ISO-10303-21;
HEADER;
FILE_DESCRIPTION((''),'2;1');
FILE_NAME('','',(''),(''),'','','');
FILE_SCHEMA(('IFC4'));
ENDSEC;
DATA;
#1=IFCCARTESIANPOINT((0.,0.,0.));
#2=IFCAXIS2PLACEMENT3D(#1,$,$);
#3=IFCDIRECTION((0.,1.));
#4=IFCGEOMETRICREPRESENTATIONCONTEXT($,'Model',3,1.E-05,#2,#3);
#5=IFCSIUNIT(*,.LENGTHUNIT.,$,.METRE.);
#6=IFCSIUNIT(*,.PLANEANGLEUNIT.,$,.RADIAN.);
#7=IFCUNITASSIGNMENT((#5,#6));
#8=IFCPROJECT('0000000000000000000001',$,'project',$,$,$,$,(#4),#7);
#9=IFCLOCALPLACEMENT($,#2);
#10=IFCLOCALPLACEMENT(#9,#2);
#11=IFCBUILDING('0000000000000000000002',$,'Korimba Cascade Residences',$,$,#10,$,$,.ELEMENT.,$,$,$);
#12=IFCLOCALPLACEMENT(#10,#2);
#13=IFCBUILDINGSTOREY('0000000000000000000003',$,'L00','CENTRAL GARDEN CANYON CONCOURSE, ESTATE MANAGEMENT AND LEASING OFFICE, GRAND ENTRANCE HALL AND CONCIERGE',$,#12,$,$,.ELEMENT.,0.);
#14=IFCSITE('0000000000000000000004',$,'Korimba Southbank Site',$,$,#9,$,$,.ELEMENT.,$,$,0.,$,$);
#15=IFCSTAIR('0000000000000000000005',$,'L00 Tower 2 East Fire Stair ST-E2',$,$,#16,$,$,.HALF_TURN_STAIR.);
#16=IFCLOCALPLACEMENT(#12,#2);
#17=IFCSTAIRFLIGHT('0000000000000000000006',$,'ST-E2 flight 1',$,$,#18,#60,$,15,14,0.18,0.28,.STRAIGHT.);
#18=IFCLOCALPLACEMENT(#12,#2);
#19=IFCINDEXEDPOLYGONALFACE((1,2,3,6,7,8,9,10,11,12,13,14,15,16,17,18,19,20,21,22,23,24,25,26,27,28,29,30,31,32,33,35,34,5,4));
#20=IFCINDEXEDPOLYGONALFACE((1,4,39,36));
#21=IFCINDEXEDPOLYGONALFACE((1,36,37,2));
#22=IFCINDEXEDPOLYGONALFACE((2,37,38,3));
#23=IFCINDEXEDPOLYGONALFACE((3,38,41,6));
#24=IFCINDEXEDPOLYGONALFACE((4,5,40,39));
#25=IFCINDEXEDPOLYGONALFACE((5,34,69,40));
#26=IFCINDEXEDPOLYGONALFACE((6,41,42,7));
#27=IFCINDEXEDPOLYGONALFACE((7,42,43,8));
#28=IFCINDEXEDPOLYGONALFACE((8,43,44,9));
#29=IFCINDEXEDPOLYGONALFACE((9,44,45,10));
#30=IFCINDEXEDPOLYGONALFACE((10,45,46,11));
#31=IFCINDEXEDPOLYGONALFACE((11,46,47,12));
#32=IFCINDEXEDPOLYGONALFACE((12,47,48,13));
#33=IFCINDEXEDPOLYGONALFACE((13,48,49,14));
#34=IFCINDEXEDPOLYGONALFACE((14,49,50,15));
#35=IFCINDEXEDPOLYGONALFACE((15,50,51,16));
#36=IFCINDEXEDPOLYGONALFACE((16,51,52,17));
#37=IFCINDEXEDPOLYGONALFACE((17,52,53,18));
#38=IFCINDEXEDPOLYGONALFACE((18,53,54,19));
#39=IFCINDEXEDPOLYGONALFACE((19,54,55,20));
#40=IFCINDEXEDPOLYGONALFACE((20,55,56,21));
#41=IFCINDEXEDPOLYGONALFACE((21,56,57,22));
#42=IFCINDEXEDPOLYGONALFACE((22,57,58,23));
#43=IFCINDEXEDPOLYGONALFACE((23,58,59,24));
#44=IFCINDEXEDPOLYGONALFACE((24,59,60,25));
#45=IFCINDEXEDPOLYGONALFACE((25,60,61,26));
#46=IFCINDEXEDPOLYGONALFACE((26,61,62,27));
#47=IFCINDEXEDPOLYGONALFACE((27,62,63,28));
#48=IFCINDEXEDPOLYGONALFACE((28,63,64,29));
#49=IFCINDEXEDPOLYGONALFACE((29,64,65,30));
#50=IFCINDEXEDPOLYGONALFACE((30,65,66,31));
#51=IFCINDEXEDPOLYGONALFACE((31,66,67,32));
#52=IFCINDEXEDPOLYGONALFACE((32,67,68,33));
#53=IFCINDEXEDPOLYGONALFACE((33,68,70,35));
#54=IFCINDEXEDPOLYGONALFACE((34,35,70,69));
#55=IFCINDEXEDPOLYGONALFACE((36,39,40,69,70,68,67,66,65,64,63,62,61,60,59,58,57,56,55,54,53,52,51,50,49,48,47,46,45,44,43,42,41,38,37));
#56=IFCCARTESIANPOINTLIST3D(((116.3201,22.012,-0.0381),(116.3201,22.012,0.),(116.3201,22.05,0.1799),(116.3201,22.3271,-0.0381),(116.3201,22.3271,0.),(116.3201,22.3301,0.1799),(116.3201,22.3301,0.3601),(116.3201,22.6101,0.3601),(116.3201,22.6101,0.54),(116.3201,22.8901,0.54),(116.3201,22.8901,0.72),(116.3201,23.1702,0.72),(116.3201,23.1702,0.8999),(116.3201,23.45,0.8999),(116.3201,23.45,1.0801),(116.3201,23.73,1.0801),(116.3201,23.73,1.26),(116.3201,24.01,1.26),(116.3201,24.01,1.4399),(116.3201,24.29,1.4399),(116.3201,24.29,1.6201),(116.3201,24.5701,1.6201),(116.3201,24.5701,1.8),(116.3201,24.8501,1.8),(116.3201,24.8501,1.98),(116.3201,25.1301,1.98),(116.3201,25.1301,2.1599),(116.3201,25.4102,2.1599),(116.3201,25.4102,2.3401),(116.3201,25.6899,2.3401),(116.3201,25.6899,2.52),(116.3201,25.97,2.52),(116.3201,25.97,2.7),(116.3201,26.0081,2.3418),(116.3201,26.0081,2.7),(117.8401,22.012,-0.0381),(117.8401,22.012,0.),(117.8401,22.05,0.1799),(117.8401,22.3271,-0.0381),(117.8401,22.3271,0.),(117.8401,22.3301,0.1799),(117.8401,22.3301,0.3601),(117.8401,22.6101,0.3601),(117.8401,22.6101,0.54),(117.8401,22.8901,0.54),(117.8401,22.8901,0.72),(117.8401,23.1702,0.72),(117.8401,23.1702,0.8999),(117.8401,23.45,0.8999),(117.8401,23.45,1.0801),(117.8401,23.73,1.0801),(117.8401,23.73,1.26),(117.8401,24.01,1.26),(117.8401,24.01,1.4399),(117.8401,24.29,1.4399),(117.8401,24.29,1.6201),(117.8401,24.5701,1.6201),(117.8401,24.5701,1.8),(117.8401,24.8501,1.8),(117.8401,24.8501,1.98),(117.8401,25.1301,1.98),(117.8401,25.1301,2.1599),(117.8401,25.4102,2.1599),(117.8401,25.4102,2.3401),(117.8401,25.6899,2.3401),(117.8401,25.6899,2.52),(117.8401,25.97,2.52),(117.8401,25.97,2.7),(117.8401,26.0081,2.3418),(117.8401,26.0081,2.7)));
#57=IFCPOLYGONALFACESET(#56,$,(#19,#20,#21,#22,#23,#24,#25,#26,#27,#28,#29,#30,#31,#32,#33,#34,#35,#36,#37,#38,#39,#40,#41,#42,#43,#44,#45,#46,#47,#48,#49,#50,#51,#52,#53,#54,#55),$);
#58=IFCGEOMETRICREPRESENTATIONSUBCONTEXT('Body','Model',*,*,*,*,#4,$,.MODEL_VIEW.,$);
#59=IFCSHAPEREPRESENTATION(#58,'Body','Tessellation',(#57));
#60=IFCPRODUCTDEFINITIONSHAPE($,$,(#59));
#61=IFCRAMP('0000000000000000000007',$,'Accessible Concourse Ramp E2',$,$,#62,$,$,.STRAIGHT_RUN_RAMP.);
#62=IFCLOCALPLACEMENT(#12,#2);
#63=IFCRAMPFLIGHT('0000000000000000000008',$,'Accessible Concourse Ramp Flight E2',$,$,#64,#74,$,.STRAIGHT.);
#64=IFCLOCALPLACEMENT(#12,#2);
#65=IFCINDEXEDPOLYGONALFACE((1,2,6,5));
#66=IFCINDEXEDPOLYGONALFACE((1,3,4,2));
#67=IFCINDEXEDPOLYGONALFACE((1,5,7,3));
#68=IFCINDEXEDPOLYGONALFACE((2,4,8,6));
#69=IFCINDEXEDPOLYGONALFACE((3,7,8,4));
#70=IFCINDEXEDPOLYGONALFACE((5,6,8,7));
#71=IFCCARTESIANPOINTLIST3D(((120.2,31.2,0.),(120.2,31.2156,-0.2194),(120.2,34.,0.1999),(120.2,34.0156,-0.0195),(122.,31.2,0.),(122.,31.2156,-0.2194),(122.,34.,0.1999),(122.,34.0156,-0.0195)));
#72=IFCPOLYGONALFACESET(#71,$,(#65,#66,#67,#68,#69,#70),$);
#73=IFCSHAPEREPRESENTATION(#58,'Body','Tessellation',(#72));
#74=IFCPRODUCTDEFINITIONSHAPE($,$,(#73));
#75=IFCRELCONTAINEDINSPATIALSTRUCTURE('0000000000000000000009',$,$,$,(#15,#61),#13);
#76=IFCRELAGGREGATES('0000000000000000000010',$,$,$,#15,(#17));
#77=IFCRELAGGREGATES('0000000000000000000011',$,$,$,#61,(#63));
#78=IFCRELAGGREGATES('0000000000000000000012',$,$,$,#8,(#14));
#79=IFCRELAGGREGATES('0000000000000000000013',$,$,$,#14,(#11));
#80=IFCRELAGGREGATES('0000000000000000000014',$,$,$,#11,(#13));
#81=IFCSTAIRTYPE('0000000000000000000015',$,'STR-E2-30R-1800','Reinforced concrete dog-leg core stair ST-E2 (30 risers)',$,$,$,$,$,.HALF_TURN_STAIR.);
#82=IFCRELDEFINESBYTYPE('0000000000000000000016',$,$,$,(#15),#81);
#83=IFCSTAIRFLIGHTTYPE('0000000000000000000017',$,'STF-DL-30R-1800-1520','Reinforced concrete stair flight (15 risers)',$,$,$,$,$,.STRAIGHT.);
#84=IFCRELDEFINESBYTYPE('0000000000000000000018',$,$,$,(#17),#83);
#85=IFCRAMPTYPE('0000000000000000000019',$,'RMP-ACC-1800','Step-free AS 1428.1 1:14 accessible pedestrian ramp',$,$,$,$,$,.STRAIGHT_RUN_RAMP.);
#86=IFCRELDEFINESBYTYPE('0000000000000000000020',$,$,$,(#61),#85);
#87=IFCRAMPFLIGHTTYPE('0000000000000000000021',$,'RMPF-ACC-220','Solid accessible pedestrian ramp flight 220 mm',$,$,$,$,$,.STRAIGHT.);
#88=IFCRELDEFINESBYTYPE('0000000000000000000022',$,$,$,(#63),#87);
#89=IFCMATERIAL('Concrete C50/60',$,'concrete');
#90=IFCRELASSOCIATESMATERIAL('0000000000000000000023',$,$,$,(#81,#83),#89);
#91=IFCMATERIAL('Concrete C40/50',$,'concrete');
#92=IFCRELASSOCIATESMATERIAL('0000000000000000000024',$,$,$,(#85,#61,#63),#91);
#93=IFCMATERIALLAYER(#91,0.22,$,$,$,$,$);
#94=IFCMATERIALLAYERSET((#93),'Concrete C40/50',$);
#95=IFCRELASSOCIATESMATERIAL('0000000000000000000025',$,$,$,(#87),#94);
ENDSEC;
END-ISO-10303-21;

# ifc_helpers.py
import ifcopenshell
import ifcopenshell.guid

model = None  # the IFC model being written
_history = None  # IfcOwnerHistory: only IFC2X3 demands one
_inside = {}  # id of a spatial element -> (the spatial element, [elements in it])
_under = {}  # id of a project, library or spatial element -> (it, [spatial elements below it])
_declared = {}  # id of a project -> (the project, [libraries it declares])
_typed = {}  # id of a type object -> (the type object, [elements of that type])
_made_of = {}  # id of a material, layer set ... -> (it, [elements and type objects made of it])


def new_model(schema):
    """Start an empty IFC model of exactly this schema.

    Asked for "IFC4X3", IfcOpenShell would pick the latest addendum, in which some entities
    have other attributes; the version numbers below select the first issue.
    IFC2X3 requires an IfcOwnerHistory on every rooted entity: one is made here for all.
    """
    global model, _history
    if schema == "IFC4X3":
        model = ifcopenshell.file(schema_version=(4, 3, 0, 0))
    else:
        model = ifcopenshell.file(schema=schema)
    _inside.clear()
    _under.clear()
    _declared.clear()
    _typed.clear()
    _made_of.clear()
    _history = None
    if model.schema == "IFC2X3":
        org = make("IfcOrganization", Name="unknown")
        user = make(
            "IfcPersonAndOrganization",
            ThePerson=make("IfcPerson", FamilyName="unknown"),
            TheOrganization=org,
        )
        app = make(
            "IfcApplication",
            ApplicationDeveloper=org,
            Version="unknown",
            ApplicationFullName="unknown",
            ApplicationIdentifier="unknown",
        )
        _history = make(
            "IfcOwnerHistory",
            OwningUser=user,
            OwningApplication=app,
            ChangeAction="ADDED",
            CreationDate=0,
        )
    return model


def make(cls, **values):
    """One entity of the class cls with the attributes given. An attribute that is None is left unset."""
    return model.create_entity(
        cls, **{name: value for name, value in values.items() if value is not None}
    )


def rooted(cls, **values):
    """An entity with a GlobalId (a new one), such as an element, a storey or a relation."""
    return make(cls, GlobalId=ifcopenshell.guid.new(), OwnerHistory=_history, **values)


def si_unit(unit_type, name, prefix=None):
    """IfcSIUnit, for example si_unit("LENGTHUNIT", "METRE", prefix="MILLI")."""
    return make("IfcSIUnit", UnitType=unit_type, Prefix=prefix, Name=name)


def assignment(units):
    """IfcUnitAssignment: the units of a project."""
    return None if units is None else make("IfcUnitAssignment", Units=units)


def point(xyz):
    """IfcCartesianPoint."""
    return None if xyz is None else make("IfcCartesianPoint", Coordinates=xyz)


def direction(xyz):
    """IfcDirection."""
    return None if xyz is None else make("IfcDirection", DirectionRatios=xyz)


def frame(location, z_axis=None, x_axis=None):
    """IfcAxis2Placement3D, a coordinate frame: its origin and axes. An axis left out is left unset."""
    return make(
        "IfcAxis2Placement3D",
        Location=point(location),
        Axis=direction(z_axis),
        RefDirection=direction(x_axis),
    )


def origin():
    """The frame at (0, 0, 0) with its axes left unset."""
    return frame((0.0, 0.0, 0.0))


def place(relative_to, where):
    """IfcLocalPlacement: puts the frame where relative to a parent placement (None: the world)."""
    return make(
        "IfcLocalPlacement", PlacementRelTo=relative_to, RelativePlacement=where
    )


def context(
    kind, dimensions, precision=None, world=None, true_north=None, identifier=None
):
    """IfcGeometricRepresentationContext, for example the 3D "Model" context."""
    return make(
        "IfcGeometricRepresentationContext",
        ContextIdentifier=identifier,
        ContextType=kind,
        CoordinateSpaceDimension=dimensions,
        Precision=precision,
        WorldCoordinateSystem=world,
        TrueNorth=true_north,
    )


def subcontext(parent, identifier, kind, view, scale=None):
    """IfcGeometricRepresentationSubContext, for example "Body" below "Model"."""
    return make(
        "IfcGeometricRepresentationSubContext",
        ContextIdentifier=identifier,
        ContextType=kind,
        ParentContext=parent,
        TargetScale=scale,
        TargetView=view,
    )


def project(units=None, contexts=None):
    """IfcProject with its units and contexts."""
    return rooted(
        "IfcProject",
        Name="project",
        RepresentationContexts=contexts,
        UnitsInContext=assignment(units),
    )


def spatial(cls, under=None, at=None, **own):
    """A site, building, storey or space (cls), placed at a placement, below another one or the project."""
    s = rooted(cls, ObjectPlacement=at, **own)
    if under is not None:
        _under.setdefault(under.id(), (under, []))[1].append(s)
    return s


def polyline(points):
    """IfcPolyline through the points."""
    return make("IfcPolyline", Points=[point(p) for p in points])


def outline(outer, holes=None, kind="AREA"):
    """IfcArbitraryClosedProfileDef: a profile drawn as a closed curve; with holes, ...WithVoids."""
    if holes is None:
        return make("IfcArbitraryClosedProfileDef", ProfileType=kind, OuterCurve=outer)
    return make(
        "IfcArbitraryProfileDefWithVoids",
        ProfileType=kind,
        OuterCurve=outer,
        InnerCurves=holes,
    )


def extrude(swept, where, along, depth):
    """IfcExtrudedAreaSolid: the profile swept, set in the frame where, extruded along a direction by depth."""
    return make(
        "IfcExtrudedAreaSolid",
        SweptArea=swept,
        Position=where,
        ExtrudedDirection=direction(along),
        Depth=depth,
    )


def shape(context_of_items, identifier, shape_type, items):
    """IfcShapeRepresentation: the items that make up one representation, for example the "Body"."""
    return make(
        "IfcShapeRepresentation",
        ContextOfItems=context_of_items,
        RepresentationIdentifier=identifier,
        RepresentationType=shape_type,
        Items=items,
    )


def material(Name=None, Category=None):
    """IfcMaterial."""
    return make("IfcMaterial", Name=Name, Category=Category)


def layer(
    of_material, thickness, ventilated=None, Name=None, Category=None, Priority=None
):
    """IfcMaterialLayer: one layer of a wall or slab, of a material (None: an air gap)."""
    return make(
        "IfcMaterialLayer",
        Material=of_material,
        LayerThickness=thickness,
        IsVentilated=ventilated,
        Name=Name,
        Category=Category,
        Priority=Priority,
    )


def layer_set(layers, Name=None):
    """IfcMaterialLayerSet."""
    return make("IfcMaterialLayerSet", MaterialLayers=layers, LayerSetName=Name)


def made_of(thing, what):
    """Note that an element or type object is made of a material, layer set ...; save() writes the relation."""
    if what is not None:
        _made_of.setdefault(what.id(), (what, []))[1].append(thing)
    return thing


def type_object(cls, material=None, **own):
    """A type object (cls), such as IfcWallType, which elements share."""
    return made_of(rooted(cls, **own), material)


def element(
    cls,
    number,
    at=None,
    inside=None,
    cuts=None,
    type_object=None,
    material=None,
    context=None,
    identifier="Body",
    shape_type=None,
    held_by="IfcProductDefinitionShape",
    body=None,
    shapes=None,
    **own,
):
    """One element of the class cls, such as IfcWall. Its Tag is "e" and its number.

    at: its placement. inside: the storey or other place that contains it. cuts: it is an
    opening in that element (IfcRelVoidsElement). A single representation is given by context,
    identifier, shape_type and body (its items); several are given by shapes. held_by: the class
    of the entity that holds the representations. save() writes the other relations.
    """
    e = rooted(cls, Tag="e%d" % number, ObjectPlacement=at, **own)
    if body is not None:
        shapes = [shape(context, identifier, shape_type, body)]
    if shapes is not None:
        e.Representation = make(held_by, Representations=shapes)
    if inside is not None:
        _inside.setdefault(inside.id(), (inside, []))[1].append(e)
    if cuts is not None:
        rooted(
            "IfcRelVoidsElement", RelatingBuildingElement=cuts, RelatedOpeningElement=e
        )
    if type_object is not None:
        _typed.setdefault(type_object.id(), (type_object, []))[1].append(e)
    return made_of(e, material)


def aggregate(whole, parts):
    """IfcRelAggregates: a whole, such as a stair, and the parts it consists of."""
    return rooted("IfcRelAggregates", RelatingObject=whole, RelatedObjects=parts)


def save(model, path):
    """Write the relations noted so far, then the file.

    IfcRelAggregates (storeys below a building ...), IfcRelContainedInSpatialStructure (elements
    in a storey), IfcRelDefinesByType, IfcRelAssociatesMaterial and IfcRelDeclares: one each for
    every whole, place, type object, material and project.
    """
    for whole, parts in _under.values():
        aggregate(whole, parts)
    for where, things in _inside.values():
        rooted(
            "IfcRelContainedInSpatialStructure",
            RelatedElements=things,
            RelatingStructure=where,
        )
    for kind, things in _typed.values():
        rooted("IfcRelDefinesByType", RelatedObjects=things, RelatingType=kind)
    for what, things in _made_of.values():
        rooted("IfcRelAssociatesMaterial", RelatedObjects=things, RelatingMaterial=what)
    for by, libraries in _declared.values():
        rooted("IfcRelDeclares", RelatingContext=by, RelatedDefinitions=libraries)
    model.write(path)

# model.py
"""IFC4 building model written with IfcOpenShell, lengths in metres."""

from ifc_helpers import new_model, si_unit, direction, frame, origin, place, context, subcontext, project, spatial, polyline, outline, extrude, material, layer, layer_set, type_object, element, aggregate, save


model = new_model("IFC4")

# Units and contexts
model_context = context("Model", 3, precision=1e-05, world=origin(), true_north=direction((0.0, 1.0)))
body_context = subcontext(model_context, "Body", "Model", "MODEL_VIEW")
ifc_project = project(units=[si_unit("LENGTHUNIT", "METRE"), si_unit("PLANEANGLEUNIT", "RADIAN")], contexts=[model_context])

# Site, building, storey
site_placement = place(None, origin())
site = spatial("IfcSite", under=ifc_project, at=site_placement, Name="Korimba Southbank Site", CompositionType="ELEMENT", RefElevation=0.0)
building_placement = place(site_placement, origin())
building = spatial("IfcBuilding", under=site, at=building_placement, Name="Korimba Cascade Residences", CompositionType="ELEMENT")
storey_placement = place(building_placement, origin())
storey = spatial("IfcBuildingStorey", under=building, at=storey_placement, Name="L00", Description="CENTRAL GARDEN CANYON CONCOURSE, ESTATE MANAGEMENT AND LEASING OFFICE, GRAND ENTRANCE HALL AND CONCIERGE", CompositionType="ELEMENT", Elevation=0.0)

# Shared definitions
ifc_material_1 = material(Name="Concrete C50/60", Category="concrete")

# Stair, stair flight
stair_type = type_object("IfcStairType", Name="STR-E2-30R-1800", Description="Reinforced concrete dog-leg core stair ST-E2 (30 risers)", PredefinedType="HALF_TURN_STAIR", material=ifc_material_1)
stair_placement = place(storey_placement, origin())
stair = element("IfcStair", 1, at=stair_placement, inside=storey, type_object=stair_type, Name="L00 Tower 2 East Fire Stair ST-E2", PredefinedType="HALF_TURN_STAIR")
stair_flight_type = type_object("IfcStairFlightType", Name="STF-DL-30R-1800-1520", Description="Reinforced concrete stair flight (15 risers)", PredefinedType="STRAIGHT", material=ifc_material_1)
stair_flight_placement = place(storey_placement, frame((117.0801, 22.05, 0.0), z_axis=(0.0, 0.0, 1.0), x_axis=(0.0, 1.0, 0.0)))
stair_flight = element("IfcStairFlight", 2, at=stair_flight_placement, type_object=stair_flight_type, Name="ST-E2 flight 1", NumberOfRisers=15, NumberOfTreads=14, PredefinedType="STRAIGHT", RiserHeight=0.18, TreadLength=0.28, context=body_context, shape_type="SweptSolid", body=[
    extrude(outline(polyline([(-0.0381, 0.0), (0.0, 0.1799), (0.28, 0.1799), (0.28, 0.3601), (0.5601, 0.3601), (0.5601, 0.54), (0.8401, 0.54), (0.8401, 0.72), (1.1201, 0.72), (1.1201, 0.8999), (1.3999, 0.8999), (1.3999, 1.0801), (1.6799, 1.0801), (1.6799, 1.26), (1.96, 1.26), (1.96, 1.4399), (2.24, 1.4399), (2.24, 1.6201), (2.52, 1.6201), (2.52, 1.8), (2.8, 1.8), (2.8, 1.98), (3.0801, 1.98), (3.0801, 2.1599), (3.3601, 2.1599), (3.3601, 2.3401), (3.6399, 2.3401), (3.6399, 2.52), (3.9199, 2.52), (3.9199, 2.7), (3.958, 2.7), (3.958, 2.3418), (0.2771, 0.0), (0.2771, -0.0381), (-0.0381, -0.0381), (-0.0381, 0.0)])), frame((0.0, 0.76, 0.0), z_axis=(0.0, -1.0, 0.0), x_axis=(1.0, 0.0, 0.0)), (0.0, 0.0, 1.0), 1.52),
])
aggregate(stair, [stair_flight])

# Ramp, ramp flight
ifc_material_2 = material(Name="Concrete C40/50", Category="concrete")
ramp_type = type_object("IfcRampType", Name="RMP-ACC-1800", Description="Step-free AS 1428.1 1:14 accessible pedestrian ramp", PredefinedType="STRAIGHT_RUN_RAMP", material=ifc_material_2)
ramp_placement = place(storey_placement, origin())
ramp = element("IfcRamp", 3, at=ramp_placement, inside=storey, type_object=ramp_type, material=ifc_material_2, Name="Accessible Concourse Ramp E2", PredefinedType="STRAIGHT_RUN_RAMP")
ifc_layer_1 = layer(ifc_material_2, 0.22)
ifc_layer_set_1 = layer_set([ifc_layer_1], Name="Concrete C40/50")
ramp_flight_type = type_object("IfcRampFlightType", Name="RMPF-ACC-220", Description="Solid accessible pedestrian ramp flight 220 mm", PredefinedType="STRAIGHT", material=ifc_layer_set_1)
ramp_flight_placement = place(storey_placement, frame((120.2, 31.2, 0.0), z_axis=(0.0, -0.071229, 0.99746), x_axis=(1.0, 0.0, 0.0)))
ramp_flight = element("IfcRampFlight", 4, at=ramp_flight_placement, type_object=ramp_flight_type, material=ifc_material_2, Name="Accessible Concourse Ramp Flight E2", PredefinedType="STRAIGHT", context=body_context, shape_type="SweptSolid", body=[
    extrude(outline(polyline([(0.0, 0.0), (1.8, 0.0), (1.8, 2.8071), (0.0, 2.8071), (0.0, 0.0)])), origin(), (0.0, 0.0, -1.0), 0.22),
])
aggregate(ramp, [ramp_flight])

save(model, "model.ifc")
